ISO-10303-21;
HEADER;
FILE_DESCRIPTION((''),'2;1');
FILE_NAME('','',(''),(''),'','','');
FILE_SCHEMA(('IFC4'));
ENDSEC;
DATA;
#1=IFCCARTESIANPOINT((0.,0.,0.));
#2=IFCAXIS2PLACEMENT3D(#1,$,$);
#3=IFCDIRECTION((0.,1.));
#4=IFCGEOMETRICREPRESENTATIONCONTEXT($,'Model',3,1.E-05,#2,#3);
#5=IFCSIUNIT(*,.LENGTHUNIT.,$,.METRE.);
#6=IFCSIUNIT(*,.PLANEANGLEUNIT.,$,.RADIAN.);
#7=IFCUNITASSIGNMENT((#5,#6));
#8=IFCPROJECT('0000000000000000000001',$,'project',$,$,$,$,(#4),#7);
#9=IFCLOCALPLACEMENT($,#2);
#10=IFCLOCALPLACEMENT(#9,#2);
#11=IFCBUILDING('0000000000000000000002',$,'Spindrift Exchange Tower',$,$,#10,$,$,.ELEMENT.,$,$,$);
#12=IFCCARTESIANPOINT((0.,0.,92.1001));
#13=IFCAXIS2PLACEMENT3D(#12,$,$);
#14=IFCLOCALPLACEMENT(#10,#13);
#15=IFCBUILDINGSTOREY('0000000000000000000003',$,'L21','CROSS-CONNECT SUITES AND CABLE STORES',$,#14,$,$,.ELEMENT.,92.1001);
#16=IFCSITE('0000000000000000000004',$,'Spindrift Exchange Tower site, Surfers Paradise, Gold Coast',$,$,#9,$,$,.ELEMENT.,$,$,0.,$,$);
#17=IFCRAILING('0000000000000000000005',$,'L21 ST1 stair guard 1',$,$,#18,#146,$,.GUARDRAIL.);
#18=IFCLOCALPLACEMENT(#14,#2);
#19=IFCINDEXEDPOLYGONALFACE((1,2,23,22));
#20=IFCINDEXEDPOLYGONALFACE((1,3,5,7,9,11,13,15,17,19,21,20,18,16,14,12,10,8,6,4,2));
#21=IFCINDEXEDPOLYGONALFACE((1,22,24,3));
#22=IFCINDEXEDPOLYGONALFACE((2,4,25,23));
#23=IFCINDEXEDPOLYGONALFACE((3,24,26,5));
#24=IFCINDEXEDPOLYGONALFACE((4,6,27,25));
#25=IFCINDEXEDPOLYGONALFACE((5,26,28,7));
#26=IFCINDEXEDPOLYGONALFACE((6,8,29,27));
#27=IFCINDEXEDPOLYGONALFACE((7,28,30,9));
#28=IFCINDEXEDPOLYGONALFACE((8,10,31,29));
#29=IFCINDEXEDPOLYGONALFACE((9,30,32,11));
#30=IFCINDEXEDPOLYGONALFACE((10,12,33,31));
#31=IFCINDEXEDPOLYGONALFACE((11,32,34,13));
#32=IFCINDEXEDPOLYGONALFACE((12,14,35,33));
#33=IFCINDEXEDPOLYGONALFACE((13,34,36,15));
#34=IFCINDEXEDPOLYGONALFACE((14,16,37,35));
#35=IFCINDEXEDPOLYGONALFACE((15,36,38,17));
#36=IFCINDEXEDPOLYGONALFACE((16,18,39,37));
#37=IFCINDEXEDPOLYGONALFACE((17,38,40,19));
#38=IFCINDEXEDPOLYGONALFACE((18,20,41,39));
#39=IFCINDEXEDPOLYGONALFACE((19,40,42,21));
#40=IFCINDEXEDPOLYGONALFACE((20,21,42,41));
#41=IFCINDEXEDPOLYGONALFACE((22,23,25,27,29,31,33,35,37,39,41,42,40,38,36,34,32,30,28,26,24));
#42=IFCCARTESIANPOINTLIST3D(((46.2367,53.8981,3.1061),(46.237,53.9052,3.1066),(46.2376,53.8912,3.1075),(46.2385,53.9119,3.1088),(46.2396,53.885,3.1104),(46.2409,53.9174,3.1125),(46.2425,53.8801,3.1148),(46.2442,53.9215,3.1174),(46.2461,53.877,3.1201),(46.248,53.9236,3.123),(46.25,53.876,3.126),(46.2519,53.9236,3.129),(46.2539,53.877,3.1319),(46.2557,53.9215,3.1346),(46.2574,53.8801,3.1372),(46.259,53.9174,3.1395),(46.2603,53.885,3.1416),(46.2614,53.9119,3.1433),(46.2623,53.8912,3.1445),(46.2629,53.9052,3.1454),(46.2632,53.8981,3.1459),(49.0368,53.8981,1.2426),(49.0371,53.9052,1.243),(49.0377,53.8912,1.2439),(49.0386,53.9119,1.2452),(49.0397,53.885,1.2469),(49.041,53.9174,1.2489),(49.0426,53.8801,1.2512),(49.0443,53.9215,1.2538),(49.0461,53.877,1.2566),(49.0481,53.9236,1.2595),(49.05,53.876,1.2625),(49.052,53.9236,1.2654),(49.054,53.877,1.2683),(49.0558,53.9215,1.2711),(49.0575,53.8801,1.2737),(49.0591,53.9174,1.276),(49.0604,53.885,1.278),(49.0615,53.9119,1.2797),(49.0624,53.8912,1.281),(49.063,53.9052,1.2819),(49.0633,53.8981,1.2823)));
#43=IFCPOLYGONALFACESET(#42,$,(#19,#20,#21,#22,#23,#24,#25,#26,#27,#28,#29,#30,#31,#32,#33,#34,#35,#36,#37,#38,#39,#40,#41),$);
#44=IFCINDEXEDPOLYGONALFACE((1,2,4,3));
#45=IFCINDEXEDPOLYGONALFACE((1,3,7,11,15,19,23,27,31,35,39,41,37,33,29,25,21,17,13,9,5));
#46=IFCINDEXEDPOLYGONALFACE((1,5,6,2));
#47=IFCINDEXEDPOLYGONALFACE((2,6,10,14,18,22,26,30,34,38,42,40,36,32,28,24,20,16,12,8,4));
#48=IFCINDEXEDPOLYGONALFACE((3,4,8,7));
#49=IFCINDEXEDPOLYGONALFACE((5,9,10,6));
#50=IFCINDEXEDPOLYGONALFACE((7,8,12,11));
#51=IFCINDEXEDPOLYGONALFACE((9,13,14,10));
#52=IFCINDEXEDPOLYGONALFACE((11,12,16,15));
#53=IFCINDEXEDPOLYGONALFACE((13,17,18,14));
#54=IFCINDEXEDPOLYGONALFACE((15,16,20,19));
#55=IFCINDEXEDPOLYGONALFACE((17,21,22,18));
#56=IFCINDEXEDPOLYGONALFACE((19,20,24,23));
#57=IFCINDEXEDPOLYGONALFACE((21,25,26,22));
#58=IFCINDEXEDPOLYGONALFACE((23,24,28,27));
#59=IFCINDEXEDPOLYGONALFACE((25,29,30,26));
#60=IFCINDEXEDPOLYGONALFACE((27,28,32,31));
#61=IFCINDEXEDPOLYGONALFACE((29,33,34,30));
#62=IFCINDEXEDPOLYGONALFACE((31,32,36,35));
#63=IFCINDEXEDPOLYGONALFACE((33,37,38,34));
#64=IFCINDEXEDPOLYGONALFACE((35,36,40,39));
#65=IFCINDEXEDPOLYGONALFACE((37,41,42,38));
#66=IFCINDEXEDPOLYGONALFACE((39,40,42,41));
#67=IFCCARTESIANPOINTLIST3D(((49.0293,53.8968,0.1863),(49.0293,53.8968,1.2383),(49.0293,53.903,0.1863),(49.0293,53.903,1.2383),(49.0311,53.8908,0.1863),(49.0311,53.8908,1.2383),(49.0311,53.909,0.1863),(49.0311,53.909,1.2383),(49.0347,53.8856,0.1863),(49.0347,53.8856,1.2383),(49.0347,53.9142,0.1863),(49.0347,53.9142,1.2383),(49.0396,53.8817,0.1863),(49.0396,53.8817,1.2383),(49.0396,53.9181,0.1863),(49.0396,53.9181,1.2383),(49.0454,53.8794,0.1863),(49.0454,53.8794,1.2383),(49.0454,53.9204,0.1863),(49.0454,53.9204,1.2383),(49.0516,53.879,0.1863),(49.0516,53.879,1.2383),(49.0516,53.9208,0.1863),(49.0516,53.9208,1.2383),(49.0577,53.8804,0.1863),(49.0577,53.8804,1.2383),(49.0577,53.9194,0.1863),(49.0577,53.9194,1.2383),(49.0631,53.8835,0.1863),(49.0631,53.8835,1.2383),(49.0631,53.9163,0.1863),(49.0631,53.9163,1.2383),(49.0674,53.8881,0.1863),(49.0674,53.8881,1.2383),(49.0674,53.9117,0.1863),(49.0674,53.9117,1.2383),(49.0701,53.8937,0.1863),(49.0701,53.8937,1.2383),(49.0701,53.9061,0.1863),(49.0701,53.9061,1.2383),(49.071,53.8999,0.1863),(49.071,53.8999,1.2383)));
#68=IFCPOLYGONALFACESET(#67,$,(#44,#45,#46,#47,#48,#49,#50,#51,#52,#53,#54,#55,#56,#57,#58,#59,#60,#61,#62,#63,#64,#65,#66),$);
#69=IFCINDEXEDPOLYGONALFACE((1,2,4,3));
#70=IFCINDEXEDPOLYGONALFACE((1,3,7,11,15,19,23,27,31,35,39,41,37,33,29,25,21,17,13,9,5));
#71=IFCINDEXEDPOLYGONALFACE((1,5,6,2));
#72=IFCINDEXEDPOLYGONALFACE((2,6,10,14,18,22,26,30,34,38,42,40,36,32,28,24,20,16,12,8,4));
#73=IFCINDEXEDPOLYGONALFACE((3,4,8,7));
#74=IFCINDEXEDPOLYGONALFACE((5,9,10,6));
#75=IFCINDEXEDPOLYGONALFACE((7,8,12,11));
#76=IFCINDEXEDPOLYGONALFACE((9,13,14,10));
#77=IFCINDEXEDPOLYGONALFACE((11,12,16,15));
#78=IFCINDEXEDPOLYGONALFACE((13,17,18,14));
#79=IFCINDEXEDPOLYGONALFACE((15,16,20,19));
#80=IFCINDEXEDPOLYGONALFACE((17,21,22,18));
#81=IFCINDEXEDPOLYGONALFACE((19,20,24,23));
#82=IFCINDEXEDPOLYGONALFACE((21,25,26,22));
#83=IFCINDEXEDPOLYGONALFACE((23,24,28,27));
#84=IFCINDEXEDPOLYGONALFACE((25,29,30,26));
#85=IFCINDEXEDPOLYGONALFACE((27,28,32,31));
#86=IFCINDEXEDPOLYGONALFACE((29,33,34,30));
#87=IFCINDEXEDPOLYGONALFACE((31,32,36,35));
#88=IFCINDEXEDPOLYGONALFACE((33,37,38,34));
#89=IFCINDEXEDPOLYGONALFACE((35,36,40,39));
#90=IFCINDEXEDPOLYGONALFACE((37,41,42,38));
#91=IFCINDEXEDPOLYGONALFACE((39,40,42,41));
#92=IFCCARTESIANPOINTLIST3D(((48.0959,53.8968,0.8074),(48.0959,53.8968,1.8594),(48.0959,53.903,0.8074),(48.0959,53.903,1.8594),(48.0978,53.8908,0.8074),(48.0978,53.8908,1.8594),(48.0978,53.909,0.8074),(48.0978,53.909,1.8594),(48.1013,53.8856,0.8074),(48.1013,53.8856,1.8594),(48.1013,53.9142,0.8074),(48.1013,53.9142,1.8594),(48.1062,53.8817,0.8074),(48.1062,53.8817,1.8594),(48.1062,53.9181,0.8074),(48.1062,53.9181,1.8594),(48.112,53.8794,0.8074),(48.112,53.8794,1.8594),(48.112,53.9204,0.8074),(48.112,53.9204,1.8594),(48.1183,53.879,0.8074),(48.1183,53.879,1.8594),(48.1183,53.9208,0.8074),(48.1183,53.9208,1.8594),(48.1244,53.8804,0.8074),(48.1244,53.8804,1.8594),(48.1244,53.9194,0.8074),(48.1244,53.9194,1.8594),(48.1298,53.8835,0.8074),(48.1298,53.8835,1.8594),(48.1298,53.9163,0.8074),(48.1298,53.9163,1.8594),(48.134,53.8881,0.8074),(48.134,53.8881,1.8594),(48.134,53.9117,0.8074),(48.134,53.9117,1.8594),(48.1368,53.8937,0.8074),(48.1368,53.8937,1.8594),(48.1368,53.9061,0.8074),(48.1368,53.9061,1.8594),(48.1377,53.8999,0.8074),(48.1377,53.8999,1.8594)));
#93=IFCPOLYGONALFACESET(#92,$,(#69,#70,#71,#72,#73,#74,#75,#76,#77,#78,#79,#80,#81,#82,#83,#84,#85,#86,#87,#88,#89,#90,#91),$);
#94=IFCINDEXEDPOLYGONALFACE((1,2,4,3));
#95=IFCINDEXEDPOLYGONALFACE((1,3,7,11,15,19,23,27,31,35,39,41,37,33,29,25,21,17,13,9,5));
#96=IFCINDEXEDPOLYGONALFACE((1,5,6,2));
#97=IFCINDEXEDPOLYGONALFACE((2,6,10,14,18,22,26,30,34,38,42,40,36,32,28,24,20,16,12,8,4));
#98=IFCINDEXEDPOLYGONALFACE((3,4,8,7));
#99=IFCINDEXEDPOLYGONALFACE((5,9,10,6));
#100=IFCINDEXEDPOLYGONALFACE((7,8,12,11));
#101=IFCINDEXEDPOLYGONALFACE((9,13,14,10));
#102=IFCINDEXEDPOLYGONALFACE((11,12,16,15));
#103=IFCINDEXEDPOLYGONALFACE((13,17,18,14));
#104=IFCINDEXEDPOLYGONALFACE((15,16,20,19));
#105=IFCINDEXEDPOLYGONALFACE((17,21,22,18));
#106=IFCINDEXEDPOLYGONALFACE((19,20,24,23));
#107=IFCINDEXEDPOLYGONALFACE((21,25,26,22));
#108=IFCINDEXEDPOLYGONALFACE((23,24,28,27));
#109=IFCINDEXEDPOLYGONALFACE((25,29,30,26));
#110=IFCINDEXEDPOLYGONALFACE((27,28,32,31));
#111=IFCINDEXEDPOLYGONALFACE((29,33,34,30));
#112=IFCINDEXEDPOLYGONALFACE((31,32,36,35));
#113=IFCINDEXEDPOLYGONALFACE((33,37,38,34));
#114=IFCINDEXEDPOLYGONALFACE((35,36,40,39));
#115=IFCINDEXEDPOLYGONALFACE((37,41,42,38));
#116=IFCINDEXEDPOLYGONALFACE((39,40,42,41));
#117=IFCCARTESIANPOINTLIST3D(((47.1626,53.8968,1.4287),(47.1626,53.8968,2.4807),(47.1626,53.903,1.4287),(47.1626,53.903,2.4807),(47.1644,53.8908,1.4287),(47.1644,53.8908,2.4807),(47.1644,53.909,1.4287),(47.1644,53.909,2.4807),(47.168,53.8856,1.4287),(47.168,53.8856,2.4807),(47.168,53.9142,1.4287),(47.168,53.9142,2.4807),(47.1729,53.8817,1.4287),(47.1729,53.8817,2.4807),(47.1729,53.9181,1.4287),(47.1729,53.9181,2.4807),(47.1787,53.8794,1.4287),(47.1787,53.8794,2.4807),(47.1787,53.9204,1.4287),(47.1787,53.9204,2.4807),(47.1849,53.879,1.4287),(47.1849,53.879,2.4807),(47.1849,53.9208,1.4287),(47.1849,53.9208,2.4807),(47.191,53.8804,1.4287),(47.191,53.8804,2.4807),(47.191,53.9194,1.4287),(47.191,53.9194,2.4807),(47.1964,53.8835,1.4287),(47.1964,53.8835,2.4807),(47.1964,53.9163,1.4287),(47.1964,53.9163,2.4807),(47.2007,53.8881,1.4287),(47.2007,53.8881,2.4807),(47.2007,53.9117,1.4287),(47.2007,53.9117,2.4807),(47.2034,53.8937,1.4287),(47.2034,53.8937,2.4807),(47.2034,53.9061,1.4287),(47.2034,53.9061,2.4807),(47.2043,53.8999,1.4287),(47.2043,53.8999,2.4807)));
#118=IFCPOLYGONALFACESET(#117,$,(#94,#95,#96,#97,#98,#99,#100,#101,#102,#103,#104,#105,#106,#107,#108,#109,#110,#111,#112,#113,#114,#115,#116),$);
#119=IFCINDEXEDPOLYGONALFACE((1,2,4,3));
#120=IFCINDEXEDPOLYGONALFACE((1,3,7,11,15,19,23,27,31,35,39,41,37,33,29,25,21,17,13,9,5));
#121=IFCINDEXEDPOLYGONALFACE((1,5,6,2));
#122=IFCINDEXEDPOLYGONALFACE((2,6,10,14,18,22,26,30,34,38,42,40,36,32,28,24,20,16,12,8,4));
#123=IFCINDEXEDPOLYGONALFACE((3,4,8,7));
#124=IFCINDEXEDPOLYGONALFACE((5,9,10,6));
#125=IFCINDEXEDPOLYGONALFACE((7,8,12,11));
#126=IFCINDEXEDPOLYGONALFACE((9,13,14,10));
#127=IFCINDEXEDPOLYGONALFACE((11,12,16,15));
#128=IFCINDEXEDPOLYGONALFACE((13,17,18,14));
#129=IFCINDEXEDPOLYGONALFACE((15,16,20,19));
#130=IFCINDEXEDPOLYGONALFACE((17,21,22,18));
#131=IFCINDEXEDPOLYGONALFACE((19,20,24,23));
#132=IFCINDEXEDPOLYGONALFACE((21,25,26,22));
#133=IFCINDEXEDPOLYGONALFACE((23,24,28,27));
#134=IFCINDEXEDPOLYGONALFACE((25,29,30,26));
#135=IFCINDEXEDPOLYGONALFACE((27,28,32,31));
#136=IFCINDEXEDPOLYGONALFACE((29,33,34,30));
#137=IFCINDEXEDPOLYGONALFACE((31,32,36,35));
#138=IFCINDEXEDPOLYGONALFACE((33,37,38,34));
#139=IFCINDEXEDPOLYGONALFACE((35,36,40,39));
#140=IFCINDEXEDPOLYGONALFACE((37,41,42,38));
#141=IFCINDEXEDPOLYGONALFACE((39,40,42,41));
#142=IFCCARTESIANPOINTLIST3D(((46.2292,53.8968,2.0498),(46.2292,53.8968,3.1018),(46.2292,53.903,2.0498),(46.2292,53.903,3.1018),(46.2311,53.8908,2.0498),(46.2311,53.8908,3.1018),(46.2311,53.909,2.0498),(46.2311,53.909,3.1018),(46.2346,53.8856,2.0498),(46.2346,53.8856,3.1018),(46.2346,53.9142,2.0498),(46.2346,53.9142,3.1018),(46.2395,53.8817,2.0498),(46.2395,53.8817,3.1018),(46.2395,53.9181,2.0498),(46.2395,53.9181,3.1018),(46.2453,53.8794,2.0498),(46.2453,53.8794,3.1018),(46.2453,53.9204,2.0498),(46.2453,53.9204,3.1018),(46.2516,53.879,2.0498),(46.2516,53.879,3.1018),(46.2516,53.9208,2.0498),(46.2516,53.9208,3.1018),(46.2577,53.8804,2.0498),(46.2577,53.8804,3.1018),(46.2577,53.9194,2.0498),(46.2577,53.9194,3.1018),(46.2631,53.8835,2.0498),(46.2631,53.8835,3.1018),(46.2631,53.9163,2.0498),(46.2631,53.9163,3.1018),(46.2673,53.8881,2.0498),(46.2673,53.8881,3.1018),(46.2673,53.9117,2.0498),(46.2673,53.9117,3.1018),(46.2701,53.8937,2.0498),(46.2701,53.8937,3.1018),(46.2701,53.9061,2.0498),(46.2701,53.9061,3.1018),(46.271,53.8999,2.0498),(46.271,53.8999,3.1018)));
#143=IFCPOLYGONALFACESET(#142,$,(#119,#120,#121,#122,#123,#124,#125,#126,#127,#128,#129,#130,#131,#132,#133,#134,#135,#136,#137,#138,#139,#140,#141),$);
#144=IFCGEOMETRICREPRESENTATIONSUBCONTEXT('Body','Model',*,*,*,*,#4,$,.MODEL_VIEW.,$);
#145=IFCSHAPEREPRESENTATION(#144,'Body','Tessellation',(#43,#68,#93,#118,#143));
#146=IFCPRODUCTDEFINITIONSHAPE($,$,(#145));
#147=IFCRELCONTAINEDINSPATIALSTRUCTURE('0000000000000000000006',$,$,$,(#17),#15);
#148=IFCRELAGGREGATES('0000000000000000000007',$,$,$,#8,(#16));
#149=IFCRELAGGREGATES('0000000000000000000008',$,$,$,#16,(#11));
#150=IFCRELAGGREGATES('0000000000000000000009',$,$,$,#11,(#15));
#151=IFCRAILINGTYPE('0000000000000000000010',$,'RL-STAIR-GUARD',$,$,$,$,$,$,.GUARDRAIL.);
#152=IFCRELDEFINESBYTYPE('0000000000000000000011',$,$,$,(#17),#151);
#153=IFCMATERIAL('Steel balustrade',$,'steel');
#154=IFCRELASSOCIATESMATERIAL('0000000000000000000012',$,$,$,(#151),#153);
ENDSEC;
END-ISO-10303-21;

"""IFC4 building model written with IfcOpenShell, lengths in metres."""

from ifc_helpers import new_model, si_unit, direction, frame, origin, origin_2d, place, context, subcontext, project, spatial, circle, extrude, material, type_object, element, save


model = new_model("IFC4")

# Units and contexts
model_context = context("Model", 3, precision=1e-05, world=origin(), true_north=direction((0.0, 1.0)))
body_context = subcontext(model_context, "Body", "Model", "MODEL_VIEW")
ifc_project = project(units=[si_unit("LENGTHUNIT", "METRE"), si_unit("PLANEANGLEUNIT", "RADIAN")], contexts=[model_context])

# Site, building, storey
site_placement = place(None, origin())
site = spatial("IfcSite", under=ifc_project, at=site_placement, Name="Spindrift Exchange Tower site, Surfers Paradise, Gold Coast", CompositionType="ELEMENT", RefElevation=0.0)
building_placement = place(site_placement, origin())
building = spatial("IfcBuilding", under=site, at=building_placement, Name="Spindrift Exchange Tower", CompositionType="ELEMENT")
storey_placement = place(building_placement, frame((0.0, 0.0, 92.1001)))
storey = spatial("IfcBuildingStorey", under=building, at=storey_placement, Name="L21", Description="CROSS-CONNECT SUITES AND CABLE STORES", CompositionType="ELEMENT", Elevation=92.1001)

# Railing
ifc_material_1 = material(Name="Steel balustrade", Category="steel")
railing_type_1 = type_object("IfcRailingType", Name="RL-STAIR-GUARD", PredefinedType="GUARDRAIL", material=ifc_material_1)
railing_1_placement = place(storey_placement, frame((49.05, 53.8999, 0.1863)))
element("IfcRailing", 1, at=railing_1_placement, inside=storey, type_object=railing_type_1, Name="L21 ST1 stair guard 1", PredefinedType="GUARDRAIL", context=body_context, shape_type="SweptSolid", body=[
    extrude(circle(Radius=0.0239, at=origin_2d()), frame((0.0, 0.0, 1.0762), z_axis=(-0.832486, 0.0, 0.554047), x_axis=(0.0, -1.0, 0.0)), (0.0, 0.0, 1.0), 3.3635),
    extrude(circle(Radius=0.021, at=origin_2d()), origin(), (0.0, 0.0, 1.0), 1.052),
    extrude(circle(Radius=0.021, at=origin_2d()), frame((-0.9333, 0.0, 0.6211)), (0.0, 0.0, 1.0), 1.052),
    extrude(circle(Radius=0.021, at=origin_2d()), frame((-1.8667, 0.0, 1.2424)), (0.0, 0.0, 1.0), 1.052),
    extrude(circle(Radius=0.021, at=origin_2d()), frame((-2.8, 0.0, 1.8635)), (0.0, 0.0, 1.0), 1.052),
])

save(model, "model.ifc")
